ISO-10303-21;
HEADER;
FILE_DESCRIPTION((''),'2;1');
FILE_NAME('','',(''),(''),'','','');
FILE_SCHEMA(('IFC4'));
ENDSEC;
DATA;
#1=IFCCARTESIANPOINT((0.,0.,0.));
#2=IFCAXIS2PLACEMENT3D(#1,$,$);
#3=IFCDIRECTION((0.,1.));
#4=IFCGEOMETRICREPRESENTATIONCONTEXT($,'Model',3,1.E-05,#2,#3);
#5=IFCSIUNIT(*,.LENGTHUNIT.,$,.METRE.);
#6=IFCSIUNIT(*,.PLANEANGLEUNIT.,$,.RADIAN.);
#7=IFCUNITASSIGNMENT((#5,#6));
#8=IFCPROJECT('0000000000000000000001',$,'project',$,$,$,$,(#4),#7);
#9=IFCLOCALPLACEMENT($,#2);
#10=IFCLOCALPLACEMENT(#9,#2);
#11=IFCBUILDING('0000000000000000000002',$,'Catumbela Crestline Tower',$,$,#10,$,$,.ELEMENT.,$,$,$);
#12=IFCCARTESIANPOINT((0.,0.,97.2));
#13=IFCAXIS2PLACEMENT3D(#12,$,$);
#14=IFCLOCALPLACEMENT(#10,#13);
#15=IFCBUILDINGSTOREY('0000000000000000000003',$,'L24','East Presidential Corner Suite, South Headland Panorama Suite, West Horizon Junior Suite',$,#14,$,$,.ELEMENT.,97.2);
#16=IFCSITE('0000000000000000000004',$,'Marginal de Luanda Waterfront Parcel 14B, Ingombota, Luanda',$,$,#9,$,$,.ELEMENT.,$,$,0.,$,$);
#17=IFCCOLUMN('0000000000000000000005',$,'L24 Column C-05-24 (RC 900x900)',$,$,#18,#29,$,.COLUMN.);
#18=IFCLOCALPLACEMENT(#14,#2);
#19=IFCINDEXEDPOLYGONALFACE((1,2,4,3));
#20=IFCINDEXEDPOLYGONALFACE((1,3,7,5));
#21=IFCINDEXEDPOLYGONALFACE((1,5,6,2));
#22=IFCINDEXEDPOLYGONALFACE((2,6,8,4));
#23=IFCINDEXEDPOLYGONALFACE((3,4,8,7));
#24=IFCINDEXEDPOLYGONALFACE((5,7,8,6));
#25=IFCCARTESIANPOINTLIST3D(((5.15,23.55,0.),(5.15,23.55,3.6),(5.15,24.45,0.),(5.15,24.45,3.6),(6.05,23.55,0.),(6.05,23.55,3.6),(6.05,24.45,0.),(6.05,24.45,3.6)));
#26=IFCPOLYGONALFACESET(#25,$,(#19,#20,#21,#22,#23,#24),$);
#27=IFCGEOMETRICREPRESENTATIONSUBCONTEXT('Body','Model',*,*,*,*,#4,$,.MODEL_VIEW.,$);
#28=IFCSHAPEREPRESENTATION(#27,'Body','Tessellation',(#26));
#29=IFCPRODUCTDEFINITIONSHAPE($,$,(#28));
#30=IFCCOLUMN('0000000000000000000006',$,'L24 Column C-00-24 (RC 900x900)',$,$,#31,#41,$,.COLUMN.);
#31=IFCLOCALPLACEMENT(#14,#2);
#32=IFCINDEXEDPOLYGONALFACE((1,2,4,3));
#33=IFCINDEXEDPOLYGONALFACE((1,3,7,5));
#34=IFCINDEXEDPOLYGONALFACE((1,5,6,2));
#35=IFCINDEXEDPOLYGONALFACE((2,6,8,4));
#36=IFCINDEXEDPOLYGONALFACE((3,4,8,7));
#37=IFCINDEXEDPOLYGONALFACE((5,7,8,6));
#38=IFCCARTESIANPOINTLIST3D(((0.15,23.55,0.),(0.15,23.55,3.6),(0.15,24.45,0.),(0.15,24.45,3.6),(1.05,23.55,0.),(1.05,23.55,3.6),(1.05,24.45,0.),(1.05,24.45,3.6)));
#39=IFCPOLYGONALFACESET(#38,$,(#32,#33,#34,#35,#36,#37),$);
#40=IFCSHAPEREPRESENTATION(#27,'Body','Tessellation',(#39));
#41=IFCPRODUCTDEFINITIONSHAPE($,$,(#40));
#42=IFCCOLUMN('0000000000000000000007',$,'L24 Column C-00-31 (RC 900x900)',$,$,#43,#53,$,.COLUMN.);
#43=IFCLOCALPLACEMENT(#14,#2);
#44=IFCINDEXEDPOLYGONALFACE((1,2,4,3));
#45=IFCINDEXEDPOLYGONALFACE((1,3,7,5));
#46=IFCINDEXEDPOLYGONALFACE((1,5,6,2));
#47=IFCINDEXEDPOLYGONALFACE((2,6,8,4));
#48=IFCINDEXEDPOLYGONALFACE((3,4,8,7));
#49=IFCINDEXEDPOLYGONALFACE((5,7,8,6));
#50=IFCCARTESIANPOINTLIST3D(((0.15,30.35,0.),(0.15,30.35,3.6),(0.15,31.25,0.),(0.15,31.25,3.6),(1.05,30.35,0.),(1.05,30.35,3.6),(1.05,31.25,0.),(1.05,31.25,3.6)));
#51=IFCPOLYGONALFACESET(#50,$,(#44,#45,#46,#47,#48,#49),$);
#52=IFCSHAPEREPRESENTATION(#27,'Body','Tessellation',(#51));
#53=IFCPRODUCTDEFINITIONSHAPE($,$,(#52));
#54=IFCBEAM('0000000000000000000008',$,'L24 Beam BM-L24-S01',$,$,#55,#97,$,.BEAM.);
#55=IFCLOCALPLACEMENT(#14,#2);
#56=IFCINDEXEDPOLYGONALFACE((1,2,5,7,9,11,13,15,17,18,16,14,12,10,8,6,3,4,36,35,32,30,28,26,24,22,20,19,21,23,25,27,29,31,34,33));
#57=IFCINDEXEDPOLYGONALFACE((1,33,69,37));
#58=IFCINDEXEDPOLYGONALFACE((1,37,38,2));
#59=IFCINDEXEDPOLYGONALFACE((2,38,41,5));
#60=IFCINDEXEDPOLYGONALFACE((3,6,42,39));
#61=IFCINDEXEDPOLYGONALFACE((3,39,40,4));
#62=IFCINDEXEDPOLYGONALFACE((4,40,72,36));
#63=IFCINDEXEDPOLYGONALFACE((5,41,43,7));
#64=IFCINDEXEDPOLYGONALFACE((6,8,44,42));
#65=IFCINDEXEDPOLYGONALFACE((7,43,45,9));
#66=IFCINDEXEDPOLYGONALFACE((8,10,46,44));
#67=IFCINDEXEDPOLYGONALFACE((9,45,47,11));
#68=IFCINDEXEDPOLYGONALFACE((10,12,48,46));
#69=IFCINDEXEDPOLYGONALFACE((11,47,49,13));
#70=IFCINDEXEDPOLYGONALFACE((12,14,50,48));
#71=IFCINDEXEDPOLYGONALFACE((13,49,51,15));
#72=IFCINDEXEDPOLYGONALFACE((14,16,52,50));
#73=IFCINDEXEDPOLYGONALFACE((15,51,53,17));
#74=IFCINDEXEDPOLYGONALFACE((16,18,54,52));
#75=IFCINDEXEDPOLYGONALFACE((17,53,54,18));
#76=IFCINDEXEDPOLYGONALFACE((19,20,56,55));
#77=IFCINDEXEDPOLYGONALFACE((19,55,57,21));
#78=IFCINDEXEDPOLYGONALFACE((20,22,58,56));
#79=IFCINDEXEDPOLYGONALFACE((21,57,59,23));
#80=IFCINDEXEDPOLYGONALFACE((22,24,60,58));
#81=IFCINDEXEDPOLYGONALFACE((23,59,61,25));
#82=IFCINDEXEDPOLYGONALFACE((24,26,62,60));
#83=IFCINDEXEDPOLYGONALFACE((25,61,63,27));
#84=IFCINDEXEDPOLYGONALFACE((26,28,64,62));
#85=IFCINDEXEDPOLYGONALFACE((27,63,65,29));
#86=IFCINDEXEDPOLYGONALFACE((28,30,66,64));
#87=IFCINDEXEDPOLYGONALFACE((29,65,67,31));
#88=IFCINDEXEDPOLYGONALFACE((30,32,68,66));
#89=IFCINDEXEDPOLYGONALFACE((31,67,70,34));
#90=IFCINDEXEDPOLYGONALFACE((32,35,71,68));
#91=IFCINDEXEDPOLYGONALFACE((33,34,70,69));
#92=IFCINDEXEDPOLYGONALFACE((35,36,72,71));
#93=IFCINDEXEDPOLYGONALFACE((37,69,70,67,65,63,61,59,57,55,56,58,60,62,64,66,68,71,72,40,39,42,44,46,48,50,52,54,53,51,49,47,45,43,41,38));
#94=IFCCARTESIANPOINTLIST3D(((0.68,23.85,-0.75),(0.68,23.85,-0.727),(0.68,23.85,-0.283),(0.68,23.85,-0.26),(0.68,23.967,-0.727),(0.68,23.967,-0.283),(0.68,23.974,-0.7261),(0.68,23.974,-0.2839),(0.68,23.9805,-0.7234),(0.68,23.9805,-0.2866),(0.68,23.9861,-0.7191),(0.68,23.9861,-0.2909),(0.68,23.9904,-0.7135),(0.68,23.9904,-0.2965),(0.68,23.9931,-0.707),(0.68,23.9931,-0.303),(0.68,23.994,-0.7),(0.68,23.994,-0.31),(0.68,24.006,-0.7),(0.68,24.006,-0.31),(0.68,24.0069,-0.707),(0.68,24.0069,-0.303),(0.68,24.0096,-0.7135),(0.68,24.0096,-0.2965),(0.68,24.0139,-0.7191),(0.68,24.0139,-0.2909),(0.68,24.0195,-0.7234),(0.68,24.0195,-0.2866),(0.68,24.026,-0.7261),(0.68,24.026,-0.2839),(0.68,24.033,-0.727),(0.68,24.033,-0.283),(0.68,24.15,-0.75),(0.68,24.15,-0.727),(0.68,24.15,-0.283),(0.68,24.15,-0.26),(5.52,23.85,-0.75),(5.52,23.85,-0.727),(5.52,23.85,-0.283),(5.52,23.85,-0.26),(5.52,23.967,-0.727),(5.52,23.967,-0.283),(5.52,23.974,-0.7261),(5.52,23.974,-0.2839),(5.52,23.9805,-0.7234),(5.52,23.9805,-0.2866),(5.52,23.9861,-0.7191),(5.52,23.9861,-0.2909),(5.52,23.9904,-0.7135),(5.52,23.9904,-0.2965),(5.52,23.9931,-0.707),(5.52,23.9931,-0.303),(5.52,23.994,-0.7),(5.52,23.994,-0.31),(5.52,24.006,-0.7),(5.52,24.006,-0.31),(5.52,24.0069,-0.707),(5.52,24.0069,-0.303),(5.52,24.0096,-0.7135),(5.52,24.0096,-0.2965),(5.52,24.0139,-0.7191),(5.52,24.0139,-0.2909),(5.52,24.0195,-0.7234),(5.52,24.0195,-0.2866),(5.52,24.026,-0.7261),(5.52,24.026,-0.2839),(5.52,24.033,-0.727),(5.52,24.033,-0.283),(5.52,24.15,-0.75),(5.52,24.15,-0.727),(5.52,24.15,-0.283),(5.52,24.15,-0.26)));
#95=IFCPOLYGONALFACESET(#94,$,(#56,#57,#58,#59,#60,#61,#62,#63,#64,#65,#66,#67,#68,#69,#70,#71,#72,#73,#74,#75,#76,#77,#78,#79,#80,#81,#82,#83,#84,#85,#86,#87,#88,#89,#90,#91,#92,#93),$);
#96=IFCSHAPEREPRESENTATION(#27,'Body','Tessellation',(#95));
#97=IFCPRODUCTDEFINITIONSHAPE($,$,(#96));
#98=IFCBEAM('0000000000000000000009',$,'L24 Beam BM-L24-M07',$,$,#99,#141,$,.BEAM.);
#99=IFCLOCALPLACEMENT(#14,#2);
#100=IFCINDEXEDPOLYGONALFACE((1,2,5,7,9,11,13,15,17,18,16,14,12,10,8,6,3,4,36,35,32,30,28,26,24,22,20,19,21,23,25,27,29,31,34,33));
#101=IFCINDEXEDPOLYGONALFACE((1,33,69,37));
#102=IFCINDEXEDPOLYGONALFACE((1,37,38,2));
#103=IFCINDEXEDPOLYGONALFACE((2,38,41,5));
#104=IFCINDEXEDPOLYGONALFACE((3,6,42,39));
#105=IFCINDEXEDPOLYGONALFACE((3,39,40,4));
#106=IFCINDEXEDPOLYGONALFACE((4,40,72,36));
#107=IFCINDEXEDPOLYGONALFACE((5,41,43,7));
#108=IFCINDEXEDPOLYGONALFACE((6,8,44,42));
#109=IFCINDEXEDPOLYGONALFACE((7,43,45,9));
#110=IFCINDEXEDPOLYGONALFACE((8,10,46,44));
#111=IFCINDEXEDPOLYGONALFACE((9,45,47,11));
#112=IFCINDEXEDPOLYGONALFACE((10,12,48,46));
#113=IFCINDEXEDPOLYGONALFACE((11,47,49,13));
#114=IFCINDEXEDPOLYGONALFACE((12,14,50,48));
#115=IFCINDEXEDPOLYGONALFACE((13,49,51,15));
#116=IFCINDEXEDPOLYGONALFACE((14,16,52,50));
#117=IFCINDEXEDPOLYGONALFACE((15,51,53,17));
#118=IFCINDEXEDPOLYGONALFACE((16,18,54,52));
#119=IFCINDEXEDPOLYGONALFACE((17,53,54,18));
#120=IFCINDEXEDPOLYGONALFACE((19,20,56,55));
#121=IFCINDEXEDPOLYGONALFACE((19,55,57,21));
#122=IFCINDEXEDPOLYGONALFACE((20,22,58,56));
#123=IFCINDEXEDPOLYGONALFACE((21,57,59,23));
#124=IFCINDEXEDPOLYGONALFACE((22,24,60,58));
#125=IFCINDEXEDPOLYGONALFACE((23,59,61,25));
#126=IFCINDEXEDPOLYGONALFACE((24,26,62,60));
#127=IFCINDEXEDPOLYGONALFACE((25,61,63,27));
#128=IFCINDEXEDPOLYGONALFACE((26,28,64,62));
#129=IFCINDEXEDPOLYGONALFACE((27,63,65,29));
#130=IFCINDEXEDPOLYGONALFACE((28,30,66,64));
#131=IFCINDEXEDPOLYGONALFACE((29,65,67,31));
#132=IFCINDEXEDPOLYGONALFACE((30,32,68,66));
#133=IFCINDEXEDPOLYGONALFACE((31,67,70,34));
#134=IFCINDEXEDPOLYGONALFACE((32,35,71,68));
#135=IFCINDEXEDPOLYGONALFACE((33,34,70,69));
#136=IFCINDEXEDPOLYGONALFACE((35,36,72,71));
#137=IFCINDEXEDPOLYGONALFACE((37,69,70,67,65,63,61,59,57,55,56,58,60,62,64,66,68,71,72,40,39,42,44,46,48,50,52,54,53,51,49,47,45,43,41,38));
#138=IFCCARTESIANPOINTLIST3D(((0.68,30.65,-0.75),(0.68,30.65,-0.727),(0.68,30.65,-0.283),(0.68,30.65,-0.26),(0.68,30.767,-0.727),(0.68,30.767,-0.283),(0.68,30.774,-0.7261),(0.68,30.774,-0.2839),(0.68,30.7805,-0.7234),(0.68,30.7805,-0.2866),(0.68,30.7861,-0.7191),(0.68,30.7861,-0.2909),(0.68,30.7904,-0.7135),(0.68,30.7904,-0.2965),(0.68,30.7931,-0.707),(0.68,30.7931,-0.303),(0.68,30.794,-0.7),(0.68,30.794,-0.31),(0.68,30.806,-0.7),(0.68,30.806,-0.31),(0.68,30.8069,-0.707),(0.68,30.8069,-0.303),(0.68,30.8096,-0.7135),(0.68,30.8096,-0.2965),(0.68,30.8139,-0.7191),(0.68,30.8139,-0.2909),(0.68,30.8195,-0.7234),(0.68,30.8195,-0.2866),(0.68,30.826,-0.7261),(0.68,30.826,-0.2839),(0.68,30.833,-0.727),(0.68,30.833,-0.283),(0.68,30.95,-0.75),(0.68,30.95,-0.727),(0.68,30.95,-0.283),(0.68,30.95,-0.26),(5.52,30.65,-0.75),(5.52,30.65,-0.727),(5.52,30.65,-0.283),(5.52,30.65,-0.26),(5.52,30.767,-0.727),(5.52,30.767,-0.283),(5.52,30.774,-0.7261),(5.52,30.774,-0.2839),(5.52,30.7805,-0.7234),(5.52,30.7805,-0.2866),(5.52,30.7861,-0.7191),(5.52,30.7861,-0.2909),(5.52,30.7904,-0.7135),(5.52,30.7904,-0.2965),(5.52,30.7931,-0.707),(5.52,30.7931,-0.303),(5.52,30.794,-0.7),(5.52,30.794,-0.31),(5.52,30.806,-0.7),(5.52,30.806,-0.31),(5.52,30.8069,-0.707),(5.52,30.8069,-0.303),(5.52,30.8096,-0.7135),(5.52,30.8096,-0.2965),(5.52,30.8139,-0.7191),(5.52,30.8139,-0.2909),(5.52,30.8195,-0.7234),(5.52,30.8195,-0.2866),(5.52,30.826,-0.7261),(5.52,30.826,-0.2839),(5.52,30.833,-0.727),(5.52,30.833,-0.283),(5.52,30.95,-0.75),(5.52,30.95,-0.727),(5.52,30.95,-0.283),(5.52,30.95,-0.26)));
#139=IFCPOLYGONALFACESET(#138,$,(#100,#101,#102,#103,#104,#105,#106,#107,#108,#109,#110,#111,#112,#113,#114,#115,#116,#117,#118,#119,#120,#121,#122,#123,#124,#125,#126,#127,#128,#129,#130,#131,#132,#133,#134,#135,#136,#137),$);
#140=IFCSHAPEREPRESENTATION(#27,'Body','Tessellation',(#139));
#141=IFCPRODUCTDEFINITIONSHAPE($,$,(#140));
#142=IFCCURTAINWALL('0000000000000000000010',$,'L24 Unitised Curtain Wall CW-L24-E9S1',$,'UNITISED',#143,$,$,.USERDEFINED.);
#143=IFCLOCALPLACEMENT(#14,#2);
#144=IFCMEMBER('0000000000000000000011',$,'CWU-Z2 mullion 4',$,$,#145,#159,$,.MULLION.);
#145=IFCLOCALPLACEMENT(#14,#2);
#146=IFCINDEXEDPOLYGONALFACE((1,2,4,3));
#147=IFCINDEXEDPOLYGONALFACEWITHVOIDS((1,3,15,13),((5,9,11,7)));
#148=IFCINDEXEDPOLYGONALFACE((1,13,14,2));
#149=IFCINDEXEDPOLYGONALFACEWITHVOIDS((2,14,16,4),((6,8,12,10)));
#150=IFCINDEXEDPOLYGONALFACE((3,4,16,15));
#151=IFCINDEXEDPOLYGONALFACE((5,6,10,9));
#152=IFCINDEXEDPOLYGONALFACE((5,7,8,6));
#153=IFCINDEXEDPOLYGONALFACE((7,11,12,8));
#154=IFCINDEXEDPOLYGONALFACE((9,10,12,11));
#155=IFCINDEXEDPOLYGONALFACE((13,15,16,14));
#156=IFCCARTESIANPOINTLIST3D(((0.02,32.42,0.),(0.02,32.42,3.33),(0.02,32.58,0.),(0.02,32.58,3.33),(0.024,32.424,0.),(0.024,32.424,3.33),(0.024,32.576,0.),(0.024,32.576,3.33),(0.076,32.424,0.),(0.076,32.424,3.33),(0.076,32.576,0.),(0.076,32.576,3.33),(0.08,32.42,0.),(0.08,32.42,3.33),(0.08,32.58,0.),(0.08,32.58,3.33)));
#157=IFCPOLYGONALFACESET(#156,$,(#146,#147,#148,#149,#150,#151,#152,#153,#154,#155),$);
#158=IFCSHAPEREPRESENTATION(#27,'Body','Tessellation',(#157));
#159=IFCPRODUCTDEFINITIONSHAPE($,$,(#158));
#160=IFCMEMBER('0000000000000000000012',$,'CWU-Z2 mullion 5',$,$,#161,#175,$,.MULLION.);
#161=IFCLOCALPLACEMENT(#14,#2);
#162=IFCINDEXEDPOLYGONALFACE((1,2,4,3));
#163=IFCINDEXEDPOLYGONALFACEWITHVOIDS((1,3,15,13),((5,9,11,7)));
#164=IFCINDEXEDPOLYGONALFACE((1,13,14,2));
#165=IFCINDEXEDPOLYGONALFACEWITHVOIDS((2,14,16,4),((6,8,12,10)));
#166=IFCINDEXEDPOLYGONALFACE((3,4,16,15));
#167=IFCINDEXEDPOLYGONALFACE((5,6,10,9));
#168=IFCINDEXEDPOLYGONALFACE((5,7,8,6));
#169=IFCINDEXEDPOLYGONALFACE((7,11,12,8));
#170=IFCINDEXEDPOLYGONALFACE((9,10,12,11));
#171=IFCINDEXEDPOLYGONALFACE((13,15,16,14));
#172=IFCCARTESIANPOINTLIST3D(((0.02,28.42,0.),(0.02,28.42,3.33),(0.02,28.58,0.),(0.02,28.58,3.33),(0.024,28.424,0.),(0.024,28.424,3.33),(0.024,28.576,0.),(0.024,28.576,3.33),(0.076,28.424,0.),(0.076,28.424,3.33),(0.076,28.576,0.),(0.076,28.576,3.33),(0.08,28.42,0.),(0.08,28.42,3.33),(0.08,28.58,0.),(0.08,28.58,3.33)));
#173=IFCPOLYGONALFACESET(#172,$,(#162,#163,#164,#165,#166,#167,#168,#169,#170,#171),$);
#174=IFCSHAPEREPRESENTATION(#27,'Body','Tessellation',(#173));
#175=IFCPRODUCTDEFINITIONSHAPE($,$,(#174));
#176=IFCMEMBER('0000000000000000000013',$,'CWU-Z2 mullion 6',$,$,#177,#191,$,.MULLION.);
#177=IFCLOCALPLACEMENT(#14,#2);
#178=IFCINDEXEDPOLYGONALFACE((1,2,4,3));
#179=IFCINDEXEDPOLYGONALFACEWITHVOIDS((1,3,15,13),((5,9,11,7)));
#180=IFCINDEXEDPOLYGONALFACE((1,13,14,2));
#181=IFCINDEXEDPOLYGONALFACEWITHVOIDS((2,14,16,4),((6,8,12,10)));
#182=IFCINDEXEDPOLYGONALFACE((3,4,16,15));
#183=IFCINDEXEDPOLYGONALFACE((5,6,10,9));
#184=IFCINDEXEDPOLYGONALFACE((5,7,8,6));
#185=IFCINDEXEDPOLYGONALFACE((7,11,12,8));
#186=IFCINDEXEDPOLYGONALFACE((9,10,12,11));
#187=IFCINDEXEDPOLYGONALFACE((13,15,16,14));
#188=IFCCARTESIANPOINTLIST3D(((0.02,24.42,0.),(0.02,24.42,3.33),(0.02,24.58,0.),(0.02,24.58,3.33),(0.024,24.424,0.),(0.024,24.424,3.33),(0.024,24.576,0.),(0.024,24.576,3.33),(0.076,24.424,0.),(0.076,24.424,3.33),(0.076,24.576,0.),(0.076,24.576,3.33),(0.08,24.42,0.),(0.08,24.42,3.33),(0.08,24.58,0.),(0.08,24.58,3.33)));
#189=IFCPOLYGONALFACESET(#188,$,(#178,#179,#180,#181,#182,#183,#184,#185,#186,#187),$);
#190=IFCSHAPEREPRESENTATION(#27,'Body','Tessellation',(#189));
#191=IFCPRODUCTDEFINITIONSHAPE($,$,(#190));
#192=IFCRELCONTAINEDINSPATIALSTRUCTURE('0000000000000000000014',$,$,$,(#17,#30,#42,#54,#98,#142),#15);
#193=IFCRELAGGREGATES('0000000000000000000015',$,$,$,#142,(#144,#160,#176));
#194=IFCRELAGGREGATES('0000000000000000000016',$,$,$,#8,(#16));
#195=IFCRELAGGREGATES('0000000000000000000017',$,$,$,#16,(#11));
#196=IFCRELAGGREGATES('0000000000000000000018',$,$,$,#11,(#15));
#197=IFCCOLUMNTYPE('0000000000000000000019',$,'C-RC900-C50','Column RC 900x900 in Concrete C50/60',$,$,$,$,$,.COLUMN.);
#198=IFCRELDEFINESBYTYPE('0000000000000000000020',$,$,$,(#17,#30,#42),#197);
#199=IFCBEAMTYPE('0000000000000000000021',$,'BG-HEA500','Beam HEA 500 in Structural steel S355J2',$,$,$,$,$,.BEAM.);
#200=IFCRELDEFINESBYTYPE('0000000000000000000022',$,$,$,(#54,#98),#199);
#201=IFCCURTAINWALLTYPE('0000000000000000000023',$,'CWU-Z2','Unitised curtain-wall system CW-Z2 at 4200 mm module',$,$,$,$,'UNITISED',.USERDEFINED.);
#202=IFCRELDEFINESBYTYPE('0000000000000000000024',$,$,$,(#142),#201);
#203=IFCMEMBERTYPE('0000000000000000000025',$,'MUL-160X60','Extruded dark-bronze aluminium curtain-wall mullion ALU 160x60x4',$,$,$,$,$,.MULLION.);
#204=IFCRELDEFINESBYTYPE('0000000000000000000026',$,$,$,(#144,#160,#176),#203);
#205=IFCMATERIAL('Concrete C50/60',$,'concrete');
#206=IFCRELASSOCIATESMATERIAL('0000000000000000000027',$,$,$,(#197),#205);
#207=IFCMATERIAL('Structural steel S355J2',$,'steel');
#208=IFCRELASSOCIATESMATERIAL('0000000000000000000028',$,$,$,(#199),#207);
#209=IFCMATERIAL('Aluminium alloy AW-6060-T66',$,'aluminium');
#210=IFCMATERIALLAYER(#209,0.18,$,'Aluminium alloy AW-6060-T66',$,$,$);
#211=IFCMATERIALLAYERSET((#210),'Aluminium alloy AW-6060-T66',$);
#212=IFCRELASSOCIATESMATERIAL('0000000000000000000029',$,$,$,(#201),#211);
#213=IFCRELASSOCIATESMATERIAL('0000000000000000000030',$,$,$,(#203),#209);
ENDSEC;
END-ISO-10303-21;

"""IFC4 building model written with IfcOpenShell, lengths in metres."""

from ifc_helpers import new_model, si_unit, direction, frame, origin, origin_2d, place, context, subcontext, project, spatial, rectangle, hollow_rectangle, i_section, extrude, material, layer, layer_set, material_profile, profile_set, type_object, element, aggregate, save


model = new_model("IFC4")

# Units and contexts
model_context = context("Model", 3, precision=1e-05, world=origin(), true_north=direction((0.0, 1.0)))
body_context = subcontext(model_context, "Body", "Model", "MODEL_VIEW")
ifc_project = project(units=[si_unit("LENGTHUNIT", "METRE"), si_unit("PLANEANGLEUNIT", "RADIAN")], contexts=[model_context])

# Site, building, storey
site_placement = place(None, origin())
site = spatial("IfcSite", under=ifc_project, at=site_placement, Name="Marginal de Luanda Waterfront Parcel 14B, Ingombota, Luanda", CompositionType="ELEMENT", RefElevation=0.0)
building_placement = place(site_placement, origin())
building = spatial("IfcBuilding", under=site, at=building_placement, Name="Catumbela Crestline Tower", CompositionType="ELEMENT")
storey_placement = place(building_placement, frame((0.0, 0.0, 97.2)))
storey = spatial("IfcBuildingStorey", under=building, at=storey_placement, Name="L24", Description="East Presidential Corner Suite, South Headland Panorama Suite, West Horizon Junior Suite", CompositionType="ELEMENT", Elevation=97.2)

# Columns
ifc_material_1 = material(Name="Concrete C50/60", Category="concrete")
ifc_material_profile_1 = material_profile(ifc_material_1, rectangle(XDim=0.9, YDim=0.9, at=origin_2d()), Name="RC 900x900")
ifc_profile_set_1 = profile_set([ifc_material_profile_1], Name="Concrete C50/60")
column_type = type_object("IfcColumnType", Name="C-RC900-C50", Description="Column RC 900x900 in Concrete C50/60", PredefinedType="COLUMN", material=ifc_profile_set_1)
for number, where, z_axis, x_axis, name in (
    (1, (5.6, 24.0, 0.0), (0.0, 0.0, 1.0), (1.0, 0.0, 0.0), "L24 Column C-05-24 (RC 900x900)"),
    (2, (0.6, 24.0, 0.0), (0.0, 0.0, 1.0), (1.0, 0.0, 0.0), "L24 Column C-00-24 (RC 900x900)"),
    (3, (0.6, 30.8, 0.0), (0.0, 0.0, 1.0), (1.0, 0.0, 0.0), "L24 Column C-00-31 (RC 900x900)"),
):
    element("IfcColumn", number, at=place(storey_placement, frame(where, z_axis=z_axis, x_axis=x_axis)), inside=storey, type_object=column_type, Name=name, PredefinedType="COLUMN", context=body_context, shape_type="SweptSolid", body=[
        extrude(rectangle(XDim=0.9, YDim=0.9, at=origin_2d()), origin(), (0.0, 0.0, 1.0), 3.6),
    ])

# Beams
ifc_material_2 = material(Name="Structural steel S355J2", Category="steel")
ifc_material_profile_2 = material_profile(ifc_material_2, i_section(OverallWidth=0.3, OverallDepth=0.49, WebThickness=0.012, FlangeThickness=0.023, FilletRadius=0.027, at=origin_2d()), Name="HEA 500")
ifc_profile_set_2 = profile_set([ifc_material_profile_2], Name="Structural steel S355J2")
beam_type_1 = type_object("IfcBeamType", Name="BG-HEA500", Description="Beam HEA 500 in Structural steel S355J2", PredefinedType="BEAM", material=ifc_profile_set_2)
for number, where, z_axis, x_axis, name in (
    (4, (0.68, 24.0, -0.505), (1.0, 0.0, 0.0), (0.0, 1.0, 0.0), "L24 Beam BM-L24-S01"),
    (5, (0.68, 30.8, -0.505), (1.0, 0.0, 0.0), (0.0, 1.0, 0.0), "L24 Beam BM-L24-M07"),
):
    element("IfcBeam", number, at=place(storey_placement, frame(where, z_axis=z_axis, x_axis=x_axis)), inside=storey, type_object=beam_type_1, Name=name, PredefinedType="BEAM", context=body_context, shape_type="SweptSolid", body=[
        extrude(i_section(OverallWidth=0.3, OverallDepth=0.49, WebThickness=0.012, FlangeThickness=0.023, FilletRadius=0.027, at=origin_2d()), origin(), (0.0, 0.0, 1.0), 4.84),
    ])

# Curtain wall, members
ifc_material_3 = material(Name="Aluminium alloy AW-6060-T66", Category="aluminium")
ifc_layer_1 = layer(ifc_material_3, 0.18, Name="Aluminium alloy AW-6060-T66")
ifc_layer_set_1 = layer_set([ifc_layer_1], Name="Aluminium alloy AW-6060-T66")
curtain_wall_type = type_object("IfcCurtainWallType", Name="CWU-Z2", Description="Unitised curtain-wall system CW-Z2 at 4200 mm module", ElementType="UNITISED", PredefinedType="USERDEFINED", material=ifc_layer_set_1)
curtain_wall_placement = place(storey_placement, origin())
curtain_wall = element("IfcCurtainWall", 6, at=curtain_wall_placement, inside=storey, type_object=curtain_wall_type, Name="L24 Unitised Curtain Wall CW-L24-E9S1", ObjectType="UNITISED", PredefinedType="USERDEFINED")
ifc_material_profile_3 = material_profile(ifc_material_3, hollow_rectangle(XDim=0.06, YDim=0.16, WallThickness=0.004, at=origin_2d()), Name="ALU 160x60x4")
ifc_profile_set_3 = profile_set([ifc_material_profile_3], Name="Aluminium alloy AW-6060-T66")
member_type_1 = type_object("IfcMemberType", Name="MUL-160X60", Description="Extruded dark-bronze aluminium curtain-wall mullion ALU 160x60x4", PredefinedType="MULLION", material=ifc_profile_set_3)
member_1_placement = place(storey_placement, frame((0.05, 32.5, 0.0), z_axis=(0.0, 0.0, 1.0), x_axis=(1.0, 0.0, 0.0)))
member_1 = element("IfcMember", 7, at=member_1_placement, type_object=member_type_1, Name="CWU-Z2 mullion 4", PredefinedType="MULLION", context=body_context, shape_type="SweptSolid", body=[
    extrude(hollow_rectangle(XDim=0.06, YDim=0.16, WallThickness=0.004, at=origin_2d()), origin(), (0.0, 0.0, 1.0), 3.33),
])
member_2_placement = place(storey_placement, frame((0.05, 28.5, 0.0), z_axis=(0.0, 0.0, 1.0), x_axis=(1.0, 0.0, 0.0)))
member_2 = element("IfcMember", 8, at=member_2_placement, type_object=member_type_1, Name="CWU-Z2 mullion 5", PredefinedType="MULLION", context=body_context, shape_type="SweptSolid", body=[
    extrude(hollow_rectangle(XDim=0.06, YDim=0.16, WallThickness=0.004, at=origin_2d()), origin(), (0.0, 0.0, 1.0), 3.33),
])
member_3_placement = place(storey_placement, frame((0.05, 24.5, 0.0), z_axis=(0.0, 0.0, 1.0), x_axis=(1.0, 0.0, 0.0)))
member_3 = element("IfcMember", 9, at=member_3_placement, type_object=member_type_1, Name="CWU-Z2 mullion 6", PredefinedType="MULLION", context=body_context, shape_type="SweptSolid", body=[
    extrude(hollow_rectangle(XDim=0.06, YDim=0.16, WallThickness=0.004, at=origin_2d()), origin(), (0.0, 0.0, 1.0), 3.33),
])

aggregate(curtain_wall, [member_1, member_2, member_3])

save(model, "model.ifc")
